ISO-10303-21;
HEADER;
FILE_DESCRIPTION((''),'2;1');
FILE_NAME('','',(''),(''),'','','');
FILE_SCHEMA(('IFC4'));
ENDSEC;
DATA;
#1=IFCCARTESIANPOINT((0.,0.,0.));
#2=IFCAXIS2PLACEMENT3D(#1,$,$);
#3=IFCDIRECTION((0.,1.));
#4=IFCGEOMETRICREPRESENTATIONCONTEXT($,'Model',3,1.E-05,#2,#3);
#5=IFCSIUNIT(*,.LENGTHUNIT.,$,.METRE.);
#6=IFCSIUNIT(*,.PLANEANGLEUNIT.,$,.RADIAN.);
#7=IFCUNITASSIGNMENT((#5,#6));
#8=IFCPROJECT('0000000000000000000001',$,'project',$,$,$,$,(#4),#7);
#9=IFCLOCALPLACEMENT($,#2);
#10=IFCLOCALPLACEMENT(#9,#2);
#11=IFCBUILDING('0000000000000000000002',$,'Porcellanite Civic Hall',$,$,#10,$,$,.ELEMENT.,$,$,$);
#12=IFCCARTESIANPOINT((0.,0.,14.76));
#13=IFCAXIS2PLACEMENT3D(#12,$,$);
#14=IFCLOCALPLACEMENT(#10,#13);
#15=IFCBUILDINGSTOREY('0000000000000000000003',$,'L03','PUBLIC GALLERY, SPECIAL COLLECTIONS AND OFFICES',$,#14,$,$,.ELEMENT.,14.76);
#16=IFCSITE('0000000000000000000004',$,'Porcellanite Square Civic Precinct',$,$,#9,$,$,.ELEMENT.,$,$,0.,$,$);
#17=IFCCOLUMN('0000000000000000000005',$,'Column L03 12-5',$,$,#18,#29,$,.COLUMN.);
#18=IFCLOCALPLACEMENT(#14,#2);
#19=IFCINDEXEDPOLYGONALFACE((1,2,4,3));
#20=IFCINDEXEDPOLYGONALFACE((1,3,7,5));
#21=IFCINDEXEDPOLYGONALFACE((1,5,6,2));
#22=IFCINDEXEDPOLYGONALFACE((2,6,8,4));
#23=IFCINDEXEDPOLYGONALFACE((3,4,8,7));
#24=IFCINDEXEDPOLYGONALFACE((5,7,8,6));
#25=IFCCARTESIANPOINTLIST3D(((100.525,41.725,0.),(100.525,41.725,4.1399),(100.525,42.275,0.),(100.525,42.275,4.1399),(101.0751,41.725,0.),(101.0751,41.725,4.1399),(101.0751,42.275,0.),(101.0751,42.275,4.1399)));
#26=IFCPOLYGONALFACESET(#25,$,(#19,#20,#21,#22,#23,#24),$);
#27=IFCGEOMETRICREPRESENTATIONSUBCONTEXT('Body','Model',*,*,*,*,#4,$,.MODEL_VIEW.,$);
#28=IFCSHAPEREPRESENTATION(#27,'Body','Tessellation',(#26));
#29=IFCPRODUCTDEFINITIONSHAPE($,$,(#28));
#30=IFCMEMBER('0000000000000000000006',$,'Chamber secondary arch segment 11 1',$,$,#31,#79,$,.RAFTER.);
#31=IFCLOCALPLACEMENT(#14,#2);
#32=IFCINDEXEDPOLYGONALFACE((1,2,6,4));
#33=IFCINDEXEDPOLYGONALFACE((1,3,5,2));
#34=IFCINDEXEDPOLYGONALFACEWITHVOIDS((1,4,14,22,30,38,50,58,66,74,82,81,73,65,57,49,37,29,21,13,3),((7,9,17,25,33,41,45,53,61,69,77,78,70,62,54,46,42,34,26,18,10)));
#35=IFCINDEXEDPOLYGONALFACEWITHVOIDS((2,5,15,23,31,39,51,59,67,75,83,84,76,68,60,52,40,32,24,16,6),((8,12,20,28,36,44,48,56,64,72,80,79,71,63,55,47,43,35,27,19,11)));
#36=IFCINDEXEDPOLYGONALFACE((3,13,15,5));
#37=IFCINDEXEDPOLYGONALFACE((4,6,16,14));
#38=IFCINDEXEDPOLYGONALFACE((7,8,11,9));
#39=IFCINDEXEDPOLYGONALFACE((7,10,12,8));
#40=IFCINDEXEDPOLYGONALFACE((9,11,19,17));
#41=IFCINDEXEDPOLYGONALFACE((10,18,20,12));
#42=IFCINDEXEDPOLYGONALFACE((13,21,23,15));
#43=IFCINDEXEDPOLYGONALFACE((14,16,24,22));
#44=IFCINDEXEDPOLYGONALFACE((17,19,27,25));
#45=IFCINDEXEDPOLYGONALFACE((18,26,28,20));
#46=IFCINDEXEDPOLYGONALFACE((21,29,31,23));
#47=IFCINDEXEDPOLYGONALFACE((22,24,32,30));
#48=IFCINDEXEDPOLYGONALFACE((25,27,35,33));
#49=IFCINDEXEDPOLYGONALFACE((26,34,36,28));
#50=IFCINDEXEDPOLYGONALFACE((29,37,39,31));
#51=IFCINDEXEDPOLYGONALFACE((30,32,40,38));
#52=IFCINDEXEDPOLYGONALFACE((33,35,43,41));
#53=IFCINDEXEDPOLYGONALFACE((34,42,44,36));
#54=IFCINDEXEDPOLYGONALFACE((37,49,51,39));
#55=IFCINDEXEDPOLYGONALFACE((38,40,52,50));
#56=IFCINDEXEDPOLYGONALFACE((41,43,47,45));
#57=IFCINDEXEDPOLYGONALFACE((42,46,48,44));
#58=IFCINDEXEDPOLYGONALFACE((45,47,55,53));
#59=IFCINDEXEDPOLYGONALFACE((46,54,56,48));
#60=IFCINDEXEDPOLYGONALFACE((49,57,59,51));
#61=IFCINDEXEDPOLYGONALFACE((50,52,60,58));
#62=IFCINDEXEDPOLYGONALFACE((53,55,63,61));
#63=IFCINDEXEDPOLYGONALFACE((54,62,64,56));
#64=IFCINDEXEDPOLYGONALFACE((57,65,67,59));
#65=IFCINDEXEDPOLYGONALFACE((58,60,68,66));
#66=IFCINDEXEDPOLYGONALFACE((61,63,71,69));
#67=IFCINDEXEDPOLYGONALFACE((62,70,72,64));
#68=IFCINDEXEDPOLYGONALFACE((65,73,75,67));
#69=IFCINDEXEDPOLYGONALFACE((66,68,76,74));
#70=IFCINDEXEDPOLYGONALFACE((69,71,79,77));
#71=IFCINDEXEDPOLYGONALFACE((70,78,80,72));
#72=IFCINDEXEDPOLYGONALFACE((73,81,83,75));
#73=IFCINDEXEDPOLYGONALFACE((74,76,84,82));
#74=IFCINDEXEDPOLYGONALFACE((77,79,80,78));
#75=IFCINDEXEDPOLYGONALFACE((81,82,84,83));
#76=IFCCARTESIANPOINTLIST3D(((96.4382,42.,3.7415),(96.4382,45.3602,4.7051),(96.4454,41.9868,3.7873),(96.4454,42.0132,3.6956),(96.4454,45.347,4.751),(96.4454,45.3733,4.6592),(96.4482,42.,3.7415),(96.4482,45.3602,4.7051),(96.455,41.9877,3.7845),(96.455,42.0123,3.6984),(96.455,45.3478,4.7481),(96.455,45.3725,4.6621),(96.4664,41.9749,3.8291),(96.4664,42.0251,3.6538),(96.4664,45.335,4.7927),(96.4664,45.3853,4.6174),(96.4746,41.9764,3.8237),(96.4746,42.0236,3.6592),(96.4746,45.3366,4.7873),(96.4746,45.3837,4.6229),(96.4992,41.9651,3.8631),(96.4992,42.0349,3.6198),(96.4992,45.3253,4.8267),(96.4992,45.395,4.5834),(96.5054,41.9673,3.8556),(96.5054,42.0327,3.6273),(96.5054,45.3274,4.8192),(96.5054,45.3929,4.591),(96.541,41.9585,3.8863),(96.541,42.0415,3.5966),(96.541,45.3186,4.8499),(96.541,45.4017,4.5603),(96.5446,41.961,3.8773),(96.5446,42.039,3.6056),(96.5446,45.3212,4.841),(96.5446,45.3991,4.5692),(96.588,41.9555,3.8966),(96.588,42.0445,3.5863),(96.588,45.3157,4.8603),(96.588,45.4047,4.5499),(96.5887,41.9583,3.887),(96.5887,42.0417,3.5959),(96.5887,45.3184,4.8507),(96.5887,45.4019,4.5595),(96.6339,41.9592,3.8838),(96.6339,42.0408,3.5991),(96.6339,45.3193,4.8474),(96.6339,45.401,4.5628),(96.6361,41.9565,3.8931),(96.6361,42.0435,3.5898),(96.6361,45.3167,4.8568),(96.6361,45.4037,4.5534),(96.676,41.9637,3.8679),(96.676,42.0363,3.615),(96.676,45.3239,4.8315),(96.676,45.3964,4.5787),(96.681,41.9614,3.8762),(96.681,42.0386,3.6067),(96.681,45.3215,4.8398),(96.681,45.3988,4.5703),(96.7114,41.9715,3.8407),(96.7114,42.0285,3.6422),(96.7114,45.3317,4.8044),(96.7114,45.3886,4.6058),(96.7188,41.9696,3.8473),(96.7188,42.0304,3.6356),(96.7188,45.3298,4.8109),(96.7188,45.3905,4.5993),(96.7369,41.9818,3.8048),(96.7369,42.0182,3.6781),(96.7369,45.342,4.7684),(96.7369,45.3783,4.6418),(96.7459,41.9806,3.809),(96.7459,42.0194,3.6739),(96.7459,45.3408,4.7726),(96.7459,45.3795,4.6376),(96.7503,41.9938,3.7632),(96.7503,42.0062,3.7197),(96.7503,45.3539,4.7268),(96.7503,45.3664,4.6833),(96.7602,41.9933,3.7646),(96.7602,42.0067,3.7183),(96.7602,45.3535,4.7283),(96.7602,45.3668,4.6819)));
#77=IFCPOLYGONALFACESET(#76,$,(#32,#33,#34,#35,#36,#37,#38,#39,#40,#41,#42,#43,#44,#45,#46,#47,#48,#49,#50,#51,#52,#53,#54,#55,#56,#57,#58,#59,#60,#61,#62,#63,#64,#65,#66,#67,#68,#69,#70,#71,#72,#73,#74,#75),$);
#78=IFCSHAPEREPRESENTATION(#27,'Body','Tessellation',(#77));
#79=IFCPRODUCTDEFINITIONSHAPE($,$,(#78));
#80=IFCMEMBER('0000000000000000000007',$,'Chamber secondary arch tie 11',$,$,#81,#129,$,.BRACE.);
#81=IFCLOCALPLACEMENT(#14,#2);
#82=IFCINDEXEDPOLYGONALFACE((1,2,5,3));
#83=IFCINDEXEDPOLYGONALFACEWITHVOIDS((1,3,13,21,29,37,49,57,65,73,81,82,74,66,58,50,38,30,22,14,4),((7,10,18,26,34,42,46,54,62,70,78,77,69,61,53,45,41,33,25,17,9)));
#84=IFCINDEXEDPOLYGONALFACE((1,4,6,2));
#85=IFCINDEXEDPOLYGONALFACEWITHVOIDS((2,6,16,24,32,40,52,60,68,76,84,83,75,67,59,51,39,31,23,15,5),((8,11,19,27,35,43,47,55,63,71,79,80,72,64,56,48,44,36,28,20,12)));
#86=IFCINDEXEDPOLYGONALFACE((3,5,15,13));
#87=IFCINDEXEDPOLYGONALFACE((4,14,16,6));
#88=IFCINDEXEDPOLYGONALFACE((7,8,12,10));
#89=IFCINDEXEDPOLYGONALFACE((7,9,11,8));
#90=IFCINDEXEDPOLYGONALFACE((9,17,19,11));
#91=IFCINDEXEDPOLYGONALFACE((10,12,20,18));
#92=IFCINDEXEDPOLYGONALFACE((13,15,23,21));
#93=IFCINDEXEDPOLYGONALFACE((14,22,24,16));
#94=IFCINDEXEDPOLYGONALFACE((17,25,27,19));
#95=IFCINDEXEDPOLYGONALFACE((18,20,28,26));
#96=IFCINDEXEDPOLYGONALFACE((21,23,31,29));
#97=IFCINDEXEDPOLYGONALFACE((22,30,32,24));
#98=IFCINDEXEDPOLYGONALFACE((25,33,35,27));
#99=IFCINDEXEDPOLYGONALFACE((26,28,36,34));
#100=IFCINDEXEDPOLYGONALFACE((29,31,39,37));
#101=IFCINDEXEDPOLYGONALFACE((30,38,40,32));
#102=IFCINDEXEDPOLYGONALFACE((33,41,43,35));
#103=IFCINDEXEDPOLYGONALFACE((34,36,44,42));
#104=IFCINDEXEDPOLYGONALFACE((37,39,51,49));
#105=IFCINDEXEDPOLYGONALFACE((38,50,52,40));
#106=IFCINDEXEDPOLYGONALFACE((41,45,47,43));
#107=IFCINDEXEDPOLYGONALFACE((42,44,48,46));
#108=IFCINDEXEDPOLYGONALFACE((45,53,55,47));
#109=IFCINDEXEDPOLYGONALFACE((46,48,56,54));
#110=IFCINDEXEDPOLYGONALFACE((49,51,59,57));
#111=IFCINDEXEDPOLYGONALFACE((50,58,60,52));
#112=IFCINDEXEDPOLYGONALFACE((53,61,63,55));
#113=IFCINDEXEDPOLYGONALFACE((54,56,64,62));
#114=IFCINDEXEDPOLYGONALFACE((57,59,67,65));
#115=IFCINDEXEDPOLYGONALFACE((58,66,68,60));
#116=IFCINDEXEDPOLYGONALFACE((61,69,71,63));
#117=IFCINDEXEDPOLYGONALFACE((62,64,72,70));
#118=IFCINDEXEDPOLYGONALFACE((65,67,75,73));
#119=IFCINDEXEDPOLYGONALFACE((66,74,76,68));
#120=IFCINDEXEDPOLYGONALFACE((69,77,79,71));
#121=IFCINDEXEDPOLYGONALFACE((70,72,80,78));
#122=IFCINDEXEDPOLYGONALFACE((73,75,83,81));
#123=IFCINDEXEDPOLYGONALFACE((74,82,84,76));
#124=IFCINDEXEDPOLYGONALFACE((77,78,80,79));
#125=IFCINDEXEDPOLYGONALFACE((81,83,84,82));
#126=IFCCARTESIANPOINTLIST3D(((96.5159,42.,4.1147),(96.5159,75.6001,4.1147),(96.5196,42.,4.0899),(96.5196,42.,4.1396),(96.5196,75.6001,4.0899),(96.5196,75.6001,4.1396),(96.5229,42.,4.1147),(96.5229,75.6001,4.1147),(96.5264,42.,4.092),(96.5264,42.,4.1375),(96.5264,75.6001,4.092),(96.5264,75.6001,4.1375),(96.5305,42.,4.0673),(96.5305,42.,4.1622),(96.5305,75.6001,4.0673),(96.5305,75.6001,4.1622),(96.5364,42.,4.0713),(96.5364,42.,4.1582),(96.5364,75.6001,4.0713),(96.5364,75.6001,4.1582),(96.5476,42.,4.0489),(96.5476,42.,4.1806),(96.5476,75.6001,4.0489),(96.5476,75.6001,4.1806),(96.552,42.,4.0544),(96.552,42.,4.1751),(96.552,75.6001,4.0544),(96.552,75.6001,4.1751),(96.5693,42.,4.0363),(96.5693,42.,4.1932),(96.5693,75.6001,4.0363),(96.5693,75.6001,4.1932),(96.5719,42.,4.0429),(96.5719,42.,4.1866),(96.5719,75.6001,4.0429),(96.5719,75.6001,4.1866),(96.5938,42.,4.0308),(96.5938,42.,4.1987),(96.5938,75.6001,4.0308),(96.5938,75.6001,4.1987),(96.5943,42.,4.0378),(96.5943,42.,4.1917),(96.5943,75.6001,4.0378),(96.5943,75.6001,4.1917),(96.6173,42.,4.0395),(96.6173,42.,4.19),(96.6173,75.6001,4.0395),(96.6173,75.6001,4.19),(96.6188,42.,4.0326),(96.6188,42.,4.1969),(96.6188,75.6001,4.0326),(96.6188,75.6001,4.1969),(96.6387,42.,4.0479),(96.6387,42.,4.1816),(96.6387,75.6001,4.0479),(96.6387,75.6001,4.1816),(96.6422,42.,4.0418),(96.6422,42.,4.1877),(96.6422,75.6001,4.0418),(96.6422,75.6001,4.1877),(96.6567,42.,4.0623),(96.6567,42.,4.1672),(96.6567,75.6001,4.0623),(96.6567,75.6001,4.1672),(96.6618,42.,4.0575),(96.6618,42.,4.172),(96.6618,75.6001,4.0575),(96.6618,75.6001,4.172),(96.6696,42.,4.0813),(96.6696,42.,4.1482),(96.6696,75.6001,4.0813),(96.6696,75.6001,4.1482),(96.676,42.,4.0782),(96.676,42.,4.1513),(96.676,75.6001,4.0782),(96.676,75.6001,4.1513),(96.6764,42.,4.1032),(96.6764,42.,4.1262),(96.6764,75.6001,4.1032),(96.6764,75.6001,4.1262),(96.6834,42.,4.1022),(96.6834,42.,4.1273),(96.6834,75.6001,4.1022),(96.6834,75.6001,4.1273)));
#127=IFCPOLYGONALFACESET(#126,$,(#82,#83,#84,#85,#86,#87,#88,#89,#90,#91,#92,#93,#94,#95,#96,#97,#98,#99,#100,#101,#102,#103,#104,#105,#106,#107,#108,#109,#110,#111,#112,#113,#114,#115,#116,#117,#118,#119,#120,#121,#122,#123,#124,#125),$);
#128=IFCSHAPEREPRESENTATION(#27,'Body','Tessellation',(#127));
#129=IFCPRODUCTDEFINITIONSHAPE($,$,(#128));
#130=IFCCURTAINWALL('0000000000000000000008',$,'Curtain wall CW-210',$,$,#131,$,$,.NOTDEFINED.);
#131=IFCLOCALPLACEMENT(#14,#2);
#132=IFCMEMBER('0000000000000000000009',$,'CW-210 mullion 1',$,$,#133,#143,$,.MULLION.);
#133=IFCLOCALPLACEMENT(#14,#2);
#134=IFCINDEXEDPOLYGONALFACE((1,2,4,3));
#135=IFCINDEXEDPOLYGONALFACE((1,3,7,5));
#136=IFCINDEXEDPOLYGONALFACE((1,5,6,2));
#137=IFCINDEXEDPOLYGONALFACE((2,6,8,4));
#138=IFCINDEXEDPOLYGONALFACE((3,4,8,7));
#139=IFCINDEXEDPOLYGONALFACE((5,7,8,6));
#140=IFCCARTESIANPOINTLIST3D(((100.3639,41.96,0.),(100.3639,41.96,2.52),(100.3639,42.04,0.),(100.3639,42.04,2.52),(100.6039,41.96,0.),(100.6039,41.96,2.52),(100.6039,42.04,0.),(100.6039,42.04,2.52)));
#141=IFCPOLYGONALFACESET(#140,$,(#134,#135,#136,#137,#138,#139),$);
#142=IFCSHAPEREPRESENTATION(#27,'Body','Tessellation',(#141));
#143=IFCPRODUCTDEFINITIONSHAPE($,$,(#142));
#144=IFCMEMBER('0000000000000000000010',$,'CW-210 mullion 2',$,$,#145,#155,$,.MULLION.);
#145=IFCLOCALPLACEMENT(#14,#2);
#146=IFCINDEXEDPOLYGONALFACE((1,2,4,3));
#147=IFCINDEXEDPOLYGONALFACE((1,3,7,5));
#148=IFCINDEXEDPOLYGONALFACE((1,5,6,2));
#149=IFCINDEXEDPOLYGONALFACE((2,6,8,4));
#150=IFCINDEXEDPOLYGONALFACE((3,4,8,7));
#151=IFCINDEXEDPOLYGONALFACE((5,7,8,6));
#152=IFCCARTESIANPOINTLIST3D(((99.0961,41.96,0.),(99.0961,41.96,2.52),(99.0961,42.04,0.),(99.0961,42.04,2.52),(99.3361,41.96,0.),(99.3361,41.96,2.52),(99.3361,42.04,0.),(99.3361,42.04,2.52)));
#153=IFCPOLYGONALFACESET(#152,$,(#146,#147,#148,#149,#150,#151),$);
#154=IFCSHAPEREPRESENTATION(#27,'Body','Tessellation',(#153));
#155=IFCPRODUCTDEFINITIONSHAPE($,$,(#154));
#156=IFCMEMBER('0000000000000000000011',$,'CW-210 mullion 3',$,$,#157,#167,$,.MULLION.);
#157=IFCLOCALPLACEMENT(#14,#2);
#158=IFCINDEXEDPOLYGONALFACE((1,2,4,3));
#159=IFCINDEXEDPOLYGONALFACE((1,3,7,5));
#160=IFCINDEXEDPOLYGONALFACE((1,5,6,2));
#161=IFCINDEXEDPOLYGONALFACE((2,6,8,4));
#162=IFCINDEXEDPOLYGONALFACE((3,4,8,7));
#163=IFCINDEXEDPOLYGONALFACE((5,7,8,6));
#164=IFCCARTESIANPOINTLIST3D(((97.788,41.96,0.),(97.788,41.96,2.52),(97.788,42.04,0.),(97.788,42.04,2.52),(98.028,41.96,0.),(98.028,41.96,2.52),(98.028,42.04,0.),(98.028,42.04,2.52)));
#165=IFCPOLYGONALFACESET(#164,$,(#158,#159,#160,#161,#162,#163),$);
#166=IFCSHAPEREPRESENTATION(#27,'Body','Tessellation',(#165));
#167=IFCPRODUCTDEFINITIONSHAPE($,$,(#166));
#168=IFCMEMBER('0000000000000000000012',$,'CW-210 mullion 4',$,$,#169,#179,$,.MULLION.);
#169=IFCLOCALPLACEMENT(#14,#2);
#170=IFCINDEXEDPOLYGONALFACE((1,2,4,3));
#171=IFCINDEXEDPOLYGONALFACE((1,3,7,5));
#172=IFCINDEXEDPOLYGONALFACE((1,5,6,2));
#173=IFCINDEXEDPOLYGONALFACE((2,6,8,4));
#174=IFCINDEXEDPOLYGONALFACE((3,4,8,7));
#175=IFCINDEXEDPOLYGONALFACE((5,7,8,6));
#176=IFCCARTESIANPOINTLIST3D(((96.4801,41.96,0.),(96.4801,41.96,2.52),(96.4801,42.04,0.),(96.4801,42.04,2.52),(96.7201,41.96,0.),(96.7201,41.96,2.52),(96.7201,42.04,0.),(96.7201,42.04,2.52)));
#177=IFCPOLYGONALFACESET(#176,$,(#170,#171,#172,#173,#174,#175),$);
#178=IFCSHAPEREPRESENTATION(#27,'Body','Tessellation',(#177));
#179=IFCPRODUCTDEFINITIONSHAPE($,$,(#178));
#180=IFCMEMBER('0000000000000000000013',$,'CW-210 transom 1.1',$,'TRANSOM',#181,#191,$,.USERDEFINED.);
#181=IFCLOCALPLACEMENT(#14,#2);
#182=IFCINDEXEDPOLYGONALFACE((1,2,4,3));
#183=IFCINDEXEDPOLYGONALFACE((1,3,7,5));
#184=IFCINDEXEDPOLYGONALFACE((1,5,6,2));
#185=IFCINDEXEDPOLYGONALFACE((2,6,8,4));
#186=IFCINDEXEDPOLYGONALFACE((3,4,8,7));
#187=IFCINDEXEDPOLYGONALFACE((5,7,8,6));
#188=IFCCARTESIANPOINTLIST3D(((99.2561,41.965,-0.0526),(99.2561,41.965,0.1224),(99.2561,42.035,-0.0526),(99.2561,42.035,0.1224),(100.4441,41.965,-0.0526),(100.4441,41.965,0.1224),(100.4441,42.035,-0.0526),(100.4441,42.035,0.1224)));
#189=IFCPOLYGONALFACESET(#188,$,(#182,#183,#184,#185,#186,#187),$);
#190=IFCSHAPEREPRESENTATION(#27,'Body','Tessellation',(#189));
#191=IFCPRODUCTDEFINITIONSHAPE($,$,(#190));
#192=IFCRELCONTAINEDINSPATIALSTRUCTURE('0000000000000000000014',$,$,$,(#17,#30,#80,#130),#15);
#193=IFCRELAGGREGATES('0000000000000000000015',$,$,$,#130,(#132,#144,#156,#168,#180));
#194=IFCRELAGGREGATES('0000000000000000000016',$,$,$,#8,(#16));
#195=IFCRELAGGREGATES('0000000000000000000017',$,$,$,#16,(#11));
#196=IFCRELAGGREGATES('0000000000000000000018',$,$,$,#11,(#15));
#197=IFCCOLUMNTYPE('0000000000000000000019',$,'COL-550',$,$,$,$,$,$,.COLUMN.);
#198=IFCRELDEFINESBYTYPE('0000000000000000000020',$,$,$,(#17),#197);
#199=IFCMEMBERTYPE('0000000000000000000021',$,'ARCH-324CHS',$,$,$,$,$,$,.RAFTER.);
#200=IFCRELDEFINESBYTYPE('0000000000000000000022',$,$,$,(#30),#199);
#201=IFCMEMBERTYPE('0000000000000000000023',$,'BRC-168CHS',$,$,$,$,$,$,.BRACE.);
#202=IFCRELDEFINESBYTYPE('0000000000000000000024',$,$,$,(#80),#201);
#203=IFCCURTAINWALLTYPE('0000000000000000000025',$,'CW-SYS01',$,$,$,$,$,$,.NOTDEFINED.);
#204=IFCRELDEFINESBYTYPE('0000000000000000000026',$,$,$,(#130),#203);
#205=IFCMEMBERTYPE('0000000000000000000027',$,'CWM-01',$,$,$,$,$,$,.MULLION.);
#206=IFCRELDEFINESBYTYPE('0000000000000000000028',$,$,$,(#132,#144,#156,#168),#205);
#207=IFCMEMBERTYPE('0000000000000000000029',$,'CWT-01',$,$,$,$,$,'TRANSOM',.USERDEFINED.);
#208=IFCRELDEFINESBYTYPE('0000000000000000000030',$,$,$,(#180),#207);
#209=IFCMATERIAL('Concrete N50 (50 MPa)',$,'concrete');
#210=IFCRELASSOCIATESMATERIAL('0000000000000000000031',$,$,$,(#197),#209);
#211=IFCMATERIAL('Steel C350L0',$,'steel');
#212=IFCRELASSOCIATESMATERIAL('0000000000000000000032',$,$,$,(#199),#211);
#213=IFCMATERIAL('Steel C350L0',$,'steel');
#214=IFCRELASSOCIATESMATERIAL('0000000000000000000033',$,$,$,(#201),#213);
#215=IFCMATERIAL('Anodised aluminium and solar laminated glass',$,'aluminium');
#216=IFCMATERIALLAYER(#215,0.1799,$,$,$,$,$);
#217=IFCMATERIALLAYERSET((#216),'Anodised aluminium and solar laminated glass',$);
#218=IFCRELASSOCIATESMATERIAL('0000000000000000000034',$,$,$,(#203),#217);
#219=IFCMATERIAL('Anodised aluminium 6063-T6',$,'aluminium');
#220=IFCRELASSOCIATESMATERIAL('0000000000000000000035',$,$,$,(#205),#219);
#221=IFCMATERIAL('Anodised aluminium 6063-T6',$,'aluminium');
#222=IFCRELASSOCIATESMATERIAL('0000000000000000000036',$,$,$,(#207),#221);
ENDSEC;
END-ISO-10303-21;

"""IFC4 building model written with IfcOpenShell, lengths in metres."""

from ifc_helpers import new_model, si_unit, direction, frame, origin, origin_2d, place, context, subcontext, project, spatial, rectangle, hollow_circle, extrude, material, layer, layer_set, material_profile, profile_set, type_object, element, aggregate, save


model = new_model("IFC4")

# Units and contexts
model_context = context("Model", 3, precision=1e-05, world=origin(), true_north=direction((0.0, 1.0)))
body_context = subcontext(model_context, "Body", "Model", "MODEL_VIEW")
ifc_project = project(units=[si_unit("LENGTHUNIT", "METRE"), si_unit("PLANEANGLEUNIT", "RADIAN")], contexts=[model_context])

# Site, building, storey
site_placement = place(None, origin())
site = spatial("IfcSite", under=ifc_project, at=site_placement, Name="Porcellanite Square Civic Precinct", CompositionType="ELEMENT", RefElevation=0.0)
building_placement = place(site_placement, origin())
building = spatial("IfcBuilding", under=site, at=building_placement, Name="Porcellanite Civic Hall", CompositionType="ELEMENT")
storey_placement = place(building_placement, frame((0.0, 0.0, 14.76)))
storey = spatial("IfcBuildingStorey", under=building, at=storey_placement, Name="L03", Description="PUBLIC GALLERY, SPECIAL COLLECTIONS AND OFFICES", CompositionType="ELEMENT", Elevation=14.76)

# Column
ifc_material_1 = material(Name="Concrete N50 (50 MPa)", Category="concrete")
ifc_material_profile_1 = material_profile(ifc_material_1, rectangle(XDim=0.55, YDim=0.55, at=origin_2d()), Name="RC-550x550")
ifc_profile_set_1 = profile_set([ifc_material_profile_1], Name="Concrete N50 (50 MPa)")
column_type = type_object("IfcColumnType", Name="COL-550", PredefinedType="COLUMN", material=ifc_profile_set_1)
column_placement = place(storey_placement, frame((100.8, 42.0, 0.0), z_axis=(0.0, 0.0, 1.0), x_axis=(1.0, 0.0, 0.0)))
element("IfcColumn", 1, at=column_placement, inside=storey, type_object=column_type, Name="Column L03 12-5", PredefinedType="COLUMN", context=body_context, shape_type="SweptSolid", body=[
    extrude(rectangle(XDim=0.55, YDim=0.55, at=origin_2d()), origin(), (0.0, 0.0, 1.0), 4.1399),
])

# Members
ifc_material_2 = material(Name="Steel C350L0", Category="steel")
ifc_material_profile_2 = material_profile(ifc_material_2, hollow_circle(Radius=0.1619, WallThickness=0.01, at=origin_2d()), Name="323.9x10.0CHS")
ifc_profile_set_2 = profile_set([ifc_material_profile_2], Name="Steel C350L0")
member_type_1 = type_object("IfcMemberType", Name="ARCH-324CHS", PredefinedType="RAFTER", material=ifc_profile_set_2)
member_1_placement = place(storey_placement, frame((96.6001, 42.0, 3.7415), z_axis=(0.0, 0.961252, 0.275671), x_axis=(-1.0, 0.0, 0.0)))
element("IfcMember", 2, at=member_1_placement, inside=storey, type_object=member_type_1, Name="Chamber secondary arch segment 11 1", PredefinedType="RAFTER", context=body_context, shape_type="SweptSolid", body=[
    extrude(hollow_circle(Radius=0.1619, WallThickness=0.01, at=origin_2d()), origin(), (0.0, 0.0, 1.0), 3.4956),
])
ifc_material_3 = material(Name="Steel C350L0", Category="steel")
ifc_material_profile_3 = material_profile(ifc_material_3, hollow_circle(Radius=0.0842, WallThickness=0.0071, at=origin_2d()), Name="168.3x7.1CHS")
ifc_profile_set_3 = profile_set([ifc_material_profile_3], Name="Steel C350L0")
member_type_2 = type_object("IfcMemberType", Name="BRC-168CHS", PredefinedType="BRACE", material=ifc_profile_set_3)
member_2_placement = place(storey_placement, frame((96.6001, 42.0, 4.1147), z_axis=(0.0, 1.0, 0.0), x_axis=(-1.0, 0.0, 0.0)))
element("IfcMember", 3, at=member_2_placement, inside=storey, type_object=member_type_2, Name="Chamber secondary arch tie 11", PredefinedType="BRACE", context=body_context, shape_type="SweptSolid", body=[
    extrude(hollow_circle(Radius=0.0842, WallThickness=0.0071, at=origin_2d()), origin(), (0.0, 0.0, 1.0), 33.6001),
])

# Curtain wall, members
ifc_material_4 = material(Name="Anodised aluminium and solar laminated glass", Category="aluminium")
ifc_layer_1 = layer(ifc_material_4, 0.1799)
ifc_layer_set_1 = layer_set([ifc_layer_1], Name="Anodised aluminium and solar laminated glass")
curtain_wall_type = type_object("IfcCurtainWallType", Name="CW-SYS01", PredefinedType="NOTDEFINED", material=ifc_layer_set_1)
curtain_wall_placement = place(storey_placement, origin())
curtain_wall = element("IfcCurtainWall", 4, at=curtain_wall_placement, inside=storey, type_object=curtain_wall_type, Name="Curtain wall CW-210", PredefinedType="NOTDEFINED")
ifc_material_5 = material(Name="Anodised aluminium 6063-T6", Category="aluminium")
ifc_material_profile_4 = material_profile(ifc_material_5, rectangle(XDim=0.0801, YDim=0.24, at=origin_2d()), Name="AL-80x240")
ifc_profile_set_4 = profile_set([ifc_material_profile_4], Name="Anodised aluminium 6063-T6")
member_type_3 = type_object("IfcMemberType", Name="CWM-01", PredefinedType="MULLION", material=ifc_profile_set_4)
member_3_placement = place(storey_placement, frame((100.4839, 42.0, 0.0), z_axis=(0.0, 0.0, 1.0), x_axis=(0.0, -1.0, 0.0)))
member_3 = element("IfcMember", 5, at=member_3_placement, type_object=member_type_3, Name="CW-210 mullion 1", PredefinedType="MULLION", context=body_context, shape_type="SweptSolid", body=[
    extrude(rectangle(XDim=0.0801, YDim=0.24, at=origin_2d()), origin(), (0.0, 0.0, 1.0), 2.52),
])
member_4_placement = place(storey_placement, frame((99.2161, 42.0, 0.0), z_axis=(0.0, 0.0, 1.0), x_axis=(0.0, -1.0, 0.0)))
member_4 = element("IfcMember", 6, at=member_4_placement, type_object=member_type_3, Name="CW-210 mullion 2", PredefinedType="MULLION", context=body_context, shape_type="SweptSolid", body=[
    extrude(rectangle(XDim=0.0801, YDim=0.24, at=origin_2d()), origin(), (0.0, 0.0, 1.0), 2.52),
])
member_5_placement = place(storey_placement, frame((97.908, 42.0, 0.0), z_axis=(0.0, 0.0, 1.0), x_axis=(0.0, -1.0, 0.0)))
member_5 = element("IfcMember", 7, at=member_5_placement, type_object=member_type_3, Name="CW-210 mullion 3", PredefinedType="MULLION", context=body_context, shape_type="SweptSolid", body=[
    extrude(rectangle(XDim=0.0801, YDim=0.24, at=origin_2d()), origin(), (0.0, 0.0, 1.0), 2.52),
])
member_6_placement = place(storey_placement, frame((96.6001, 42.0, 0.0), z_axis=(0.0, 0.0, 1.0), x_axis=(0.0, -1.0, 0.0)))
member_6 = element("IfcMember", 8, at=member_6_placement, type_object=member_type_3, Name="CW-210 mullion 4", PredefinedType="MULLION", context=body_context, shape_type="SweptSolid", body=[
    extrude(rectangle(XDim=0.0801, YDim=0.24, at=origin_2d()), origin(), (0.0, 0.0, 1.0), 2.52),
])
ifc_material_6 = material(Name="Anodised aluminium 6063-T6", Category="aluminium")
ifc_material_profile_5 = material_profile(ifc_material_6, rectangle(XDim=0.0701, YDim=0.175, at=origin_2d()), Name="AL-70x175")
ifc_profile_set_5 = profile_set([ifc_material_profile_5], Name="Anodised aluminium 6063-T6")
member_type_4 = type_object("IfcMemberType", Name="CWT-01", ElementType="TRANSOM", PredefinedType="USERDEFINED", material=ifc_profile_set_5)
member_7_placement = place(storey_placement, frame((100.4441, 42.0, 0.0349), z_axis=(-1.0, 0.0, 0.0), x_axis=(0.0, -1.0, 0.0)))
member_7 = element("IfcMember", 9, at=member_7_placement, type_object=member_type_4, Name="CW-210 transom 1.1", ObjectType="TRANSOM", PredefinedType="USERDEFINED", context=body_context, shape_type="SweptSolid", body=[
    extrude(rectangle(XDim=0.0701, YDim=0.175, at=origin_2d()), origin(), (0.0, 0.0, 1.0), 1.188),
])

aggregate(curtain_wall, [member_3, member_4, member_5, member_6, member_7])

save(model, "model.ifc")
